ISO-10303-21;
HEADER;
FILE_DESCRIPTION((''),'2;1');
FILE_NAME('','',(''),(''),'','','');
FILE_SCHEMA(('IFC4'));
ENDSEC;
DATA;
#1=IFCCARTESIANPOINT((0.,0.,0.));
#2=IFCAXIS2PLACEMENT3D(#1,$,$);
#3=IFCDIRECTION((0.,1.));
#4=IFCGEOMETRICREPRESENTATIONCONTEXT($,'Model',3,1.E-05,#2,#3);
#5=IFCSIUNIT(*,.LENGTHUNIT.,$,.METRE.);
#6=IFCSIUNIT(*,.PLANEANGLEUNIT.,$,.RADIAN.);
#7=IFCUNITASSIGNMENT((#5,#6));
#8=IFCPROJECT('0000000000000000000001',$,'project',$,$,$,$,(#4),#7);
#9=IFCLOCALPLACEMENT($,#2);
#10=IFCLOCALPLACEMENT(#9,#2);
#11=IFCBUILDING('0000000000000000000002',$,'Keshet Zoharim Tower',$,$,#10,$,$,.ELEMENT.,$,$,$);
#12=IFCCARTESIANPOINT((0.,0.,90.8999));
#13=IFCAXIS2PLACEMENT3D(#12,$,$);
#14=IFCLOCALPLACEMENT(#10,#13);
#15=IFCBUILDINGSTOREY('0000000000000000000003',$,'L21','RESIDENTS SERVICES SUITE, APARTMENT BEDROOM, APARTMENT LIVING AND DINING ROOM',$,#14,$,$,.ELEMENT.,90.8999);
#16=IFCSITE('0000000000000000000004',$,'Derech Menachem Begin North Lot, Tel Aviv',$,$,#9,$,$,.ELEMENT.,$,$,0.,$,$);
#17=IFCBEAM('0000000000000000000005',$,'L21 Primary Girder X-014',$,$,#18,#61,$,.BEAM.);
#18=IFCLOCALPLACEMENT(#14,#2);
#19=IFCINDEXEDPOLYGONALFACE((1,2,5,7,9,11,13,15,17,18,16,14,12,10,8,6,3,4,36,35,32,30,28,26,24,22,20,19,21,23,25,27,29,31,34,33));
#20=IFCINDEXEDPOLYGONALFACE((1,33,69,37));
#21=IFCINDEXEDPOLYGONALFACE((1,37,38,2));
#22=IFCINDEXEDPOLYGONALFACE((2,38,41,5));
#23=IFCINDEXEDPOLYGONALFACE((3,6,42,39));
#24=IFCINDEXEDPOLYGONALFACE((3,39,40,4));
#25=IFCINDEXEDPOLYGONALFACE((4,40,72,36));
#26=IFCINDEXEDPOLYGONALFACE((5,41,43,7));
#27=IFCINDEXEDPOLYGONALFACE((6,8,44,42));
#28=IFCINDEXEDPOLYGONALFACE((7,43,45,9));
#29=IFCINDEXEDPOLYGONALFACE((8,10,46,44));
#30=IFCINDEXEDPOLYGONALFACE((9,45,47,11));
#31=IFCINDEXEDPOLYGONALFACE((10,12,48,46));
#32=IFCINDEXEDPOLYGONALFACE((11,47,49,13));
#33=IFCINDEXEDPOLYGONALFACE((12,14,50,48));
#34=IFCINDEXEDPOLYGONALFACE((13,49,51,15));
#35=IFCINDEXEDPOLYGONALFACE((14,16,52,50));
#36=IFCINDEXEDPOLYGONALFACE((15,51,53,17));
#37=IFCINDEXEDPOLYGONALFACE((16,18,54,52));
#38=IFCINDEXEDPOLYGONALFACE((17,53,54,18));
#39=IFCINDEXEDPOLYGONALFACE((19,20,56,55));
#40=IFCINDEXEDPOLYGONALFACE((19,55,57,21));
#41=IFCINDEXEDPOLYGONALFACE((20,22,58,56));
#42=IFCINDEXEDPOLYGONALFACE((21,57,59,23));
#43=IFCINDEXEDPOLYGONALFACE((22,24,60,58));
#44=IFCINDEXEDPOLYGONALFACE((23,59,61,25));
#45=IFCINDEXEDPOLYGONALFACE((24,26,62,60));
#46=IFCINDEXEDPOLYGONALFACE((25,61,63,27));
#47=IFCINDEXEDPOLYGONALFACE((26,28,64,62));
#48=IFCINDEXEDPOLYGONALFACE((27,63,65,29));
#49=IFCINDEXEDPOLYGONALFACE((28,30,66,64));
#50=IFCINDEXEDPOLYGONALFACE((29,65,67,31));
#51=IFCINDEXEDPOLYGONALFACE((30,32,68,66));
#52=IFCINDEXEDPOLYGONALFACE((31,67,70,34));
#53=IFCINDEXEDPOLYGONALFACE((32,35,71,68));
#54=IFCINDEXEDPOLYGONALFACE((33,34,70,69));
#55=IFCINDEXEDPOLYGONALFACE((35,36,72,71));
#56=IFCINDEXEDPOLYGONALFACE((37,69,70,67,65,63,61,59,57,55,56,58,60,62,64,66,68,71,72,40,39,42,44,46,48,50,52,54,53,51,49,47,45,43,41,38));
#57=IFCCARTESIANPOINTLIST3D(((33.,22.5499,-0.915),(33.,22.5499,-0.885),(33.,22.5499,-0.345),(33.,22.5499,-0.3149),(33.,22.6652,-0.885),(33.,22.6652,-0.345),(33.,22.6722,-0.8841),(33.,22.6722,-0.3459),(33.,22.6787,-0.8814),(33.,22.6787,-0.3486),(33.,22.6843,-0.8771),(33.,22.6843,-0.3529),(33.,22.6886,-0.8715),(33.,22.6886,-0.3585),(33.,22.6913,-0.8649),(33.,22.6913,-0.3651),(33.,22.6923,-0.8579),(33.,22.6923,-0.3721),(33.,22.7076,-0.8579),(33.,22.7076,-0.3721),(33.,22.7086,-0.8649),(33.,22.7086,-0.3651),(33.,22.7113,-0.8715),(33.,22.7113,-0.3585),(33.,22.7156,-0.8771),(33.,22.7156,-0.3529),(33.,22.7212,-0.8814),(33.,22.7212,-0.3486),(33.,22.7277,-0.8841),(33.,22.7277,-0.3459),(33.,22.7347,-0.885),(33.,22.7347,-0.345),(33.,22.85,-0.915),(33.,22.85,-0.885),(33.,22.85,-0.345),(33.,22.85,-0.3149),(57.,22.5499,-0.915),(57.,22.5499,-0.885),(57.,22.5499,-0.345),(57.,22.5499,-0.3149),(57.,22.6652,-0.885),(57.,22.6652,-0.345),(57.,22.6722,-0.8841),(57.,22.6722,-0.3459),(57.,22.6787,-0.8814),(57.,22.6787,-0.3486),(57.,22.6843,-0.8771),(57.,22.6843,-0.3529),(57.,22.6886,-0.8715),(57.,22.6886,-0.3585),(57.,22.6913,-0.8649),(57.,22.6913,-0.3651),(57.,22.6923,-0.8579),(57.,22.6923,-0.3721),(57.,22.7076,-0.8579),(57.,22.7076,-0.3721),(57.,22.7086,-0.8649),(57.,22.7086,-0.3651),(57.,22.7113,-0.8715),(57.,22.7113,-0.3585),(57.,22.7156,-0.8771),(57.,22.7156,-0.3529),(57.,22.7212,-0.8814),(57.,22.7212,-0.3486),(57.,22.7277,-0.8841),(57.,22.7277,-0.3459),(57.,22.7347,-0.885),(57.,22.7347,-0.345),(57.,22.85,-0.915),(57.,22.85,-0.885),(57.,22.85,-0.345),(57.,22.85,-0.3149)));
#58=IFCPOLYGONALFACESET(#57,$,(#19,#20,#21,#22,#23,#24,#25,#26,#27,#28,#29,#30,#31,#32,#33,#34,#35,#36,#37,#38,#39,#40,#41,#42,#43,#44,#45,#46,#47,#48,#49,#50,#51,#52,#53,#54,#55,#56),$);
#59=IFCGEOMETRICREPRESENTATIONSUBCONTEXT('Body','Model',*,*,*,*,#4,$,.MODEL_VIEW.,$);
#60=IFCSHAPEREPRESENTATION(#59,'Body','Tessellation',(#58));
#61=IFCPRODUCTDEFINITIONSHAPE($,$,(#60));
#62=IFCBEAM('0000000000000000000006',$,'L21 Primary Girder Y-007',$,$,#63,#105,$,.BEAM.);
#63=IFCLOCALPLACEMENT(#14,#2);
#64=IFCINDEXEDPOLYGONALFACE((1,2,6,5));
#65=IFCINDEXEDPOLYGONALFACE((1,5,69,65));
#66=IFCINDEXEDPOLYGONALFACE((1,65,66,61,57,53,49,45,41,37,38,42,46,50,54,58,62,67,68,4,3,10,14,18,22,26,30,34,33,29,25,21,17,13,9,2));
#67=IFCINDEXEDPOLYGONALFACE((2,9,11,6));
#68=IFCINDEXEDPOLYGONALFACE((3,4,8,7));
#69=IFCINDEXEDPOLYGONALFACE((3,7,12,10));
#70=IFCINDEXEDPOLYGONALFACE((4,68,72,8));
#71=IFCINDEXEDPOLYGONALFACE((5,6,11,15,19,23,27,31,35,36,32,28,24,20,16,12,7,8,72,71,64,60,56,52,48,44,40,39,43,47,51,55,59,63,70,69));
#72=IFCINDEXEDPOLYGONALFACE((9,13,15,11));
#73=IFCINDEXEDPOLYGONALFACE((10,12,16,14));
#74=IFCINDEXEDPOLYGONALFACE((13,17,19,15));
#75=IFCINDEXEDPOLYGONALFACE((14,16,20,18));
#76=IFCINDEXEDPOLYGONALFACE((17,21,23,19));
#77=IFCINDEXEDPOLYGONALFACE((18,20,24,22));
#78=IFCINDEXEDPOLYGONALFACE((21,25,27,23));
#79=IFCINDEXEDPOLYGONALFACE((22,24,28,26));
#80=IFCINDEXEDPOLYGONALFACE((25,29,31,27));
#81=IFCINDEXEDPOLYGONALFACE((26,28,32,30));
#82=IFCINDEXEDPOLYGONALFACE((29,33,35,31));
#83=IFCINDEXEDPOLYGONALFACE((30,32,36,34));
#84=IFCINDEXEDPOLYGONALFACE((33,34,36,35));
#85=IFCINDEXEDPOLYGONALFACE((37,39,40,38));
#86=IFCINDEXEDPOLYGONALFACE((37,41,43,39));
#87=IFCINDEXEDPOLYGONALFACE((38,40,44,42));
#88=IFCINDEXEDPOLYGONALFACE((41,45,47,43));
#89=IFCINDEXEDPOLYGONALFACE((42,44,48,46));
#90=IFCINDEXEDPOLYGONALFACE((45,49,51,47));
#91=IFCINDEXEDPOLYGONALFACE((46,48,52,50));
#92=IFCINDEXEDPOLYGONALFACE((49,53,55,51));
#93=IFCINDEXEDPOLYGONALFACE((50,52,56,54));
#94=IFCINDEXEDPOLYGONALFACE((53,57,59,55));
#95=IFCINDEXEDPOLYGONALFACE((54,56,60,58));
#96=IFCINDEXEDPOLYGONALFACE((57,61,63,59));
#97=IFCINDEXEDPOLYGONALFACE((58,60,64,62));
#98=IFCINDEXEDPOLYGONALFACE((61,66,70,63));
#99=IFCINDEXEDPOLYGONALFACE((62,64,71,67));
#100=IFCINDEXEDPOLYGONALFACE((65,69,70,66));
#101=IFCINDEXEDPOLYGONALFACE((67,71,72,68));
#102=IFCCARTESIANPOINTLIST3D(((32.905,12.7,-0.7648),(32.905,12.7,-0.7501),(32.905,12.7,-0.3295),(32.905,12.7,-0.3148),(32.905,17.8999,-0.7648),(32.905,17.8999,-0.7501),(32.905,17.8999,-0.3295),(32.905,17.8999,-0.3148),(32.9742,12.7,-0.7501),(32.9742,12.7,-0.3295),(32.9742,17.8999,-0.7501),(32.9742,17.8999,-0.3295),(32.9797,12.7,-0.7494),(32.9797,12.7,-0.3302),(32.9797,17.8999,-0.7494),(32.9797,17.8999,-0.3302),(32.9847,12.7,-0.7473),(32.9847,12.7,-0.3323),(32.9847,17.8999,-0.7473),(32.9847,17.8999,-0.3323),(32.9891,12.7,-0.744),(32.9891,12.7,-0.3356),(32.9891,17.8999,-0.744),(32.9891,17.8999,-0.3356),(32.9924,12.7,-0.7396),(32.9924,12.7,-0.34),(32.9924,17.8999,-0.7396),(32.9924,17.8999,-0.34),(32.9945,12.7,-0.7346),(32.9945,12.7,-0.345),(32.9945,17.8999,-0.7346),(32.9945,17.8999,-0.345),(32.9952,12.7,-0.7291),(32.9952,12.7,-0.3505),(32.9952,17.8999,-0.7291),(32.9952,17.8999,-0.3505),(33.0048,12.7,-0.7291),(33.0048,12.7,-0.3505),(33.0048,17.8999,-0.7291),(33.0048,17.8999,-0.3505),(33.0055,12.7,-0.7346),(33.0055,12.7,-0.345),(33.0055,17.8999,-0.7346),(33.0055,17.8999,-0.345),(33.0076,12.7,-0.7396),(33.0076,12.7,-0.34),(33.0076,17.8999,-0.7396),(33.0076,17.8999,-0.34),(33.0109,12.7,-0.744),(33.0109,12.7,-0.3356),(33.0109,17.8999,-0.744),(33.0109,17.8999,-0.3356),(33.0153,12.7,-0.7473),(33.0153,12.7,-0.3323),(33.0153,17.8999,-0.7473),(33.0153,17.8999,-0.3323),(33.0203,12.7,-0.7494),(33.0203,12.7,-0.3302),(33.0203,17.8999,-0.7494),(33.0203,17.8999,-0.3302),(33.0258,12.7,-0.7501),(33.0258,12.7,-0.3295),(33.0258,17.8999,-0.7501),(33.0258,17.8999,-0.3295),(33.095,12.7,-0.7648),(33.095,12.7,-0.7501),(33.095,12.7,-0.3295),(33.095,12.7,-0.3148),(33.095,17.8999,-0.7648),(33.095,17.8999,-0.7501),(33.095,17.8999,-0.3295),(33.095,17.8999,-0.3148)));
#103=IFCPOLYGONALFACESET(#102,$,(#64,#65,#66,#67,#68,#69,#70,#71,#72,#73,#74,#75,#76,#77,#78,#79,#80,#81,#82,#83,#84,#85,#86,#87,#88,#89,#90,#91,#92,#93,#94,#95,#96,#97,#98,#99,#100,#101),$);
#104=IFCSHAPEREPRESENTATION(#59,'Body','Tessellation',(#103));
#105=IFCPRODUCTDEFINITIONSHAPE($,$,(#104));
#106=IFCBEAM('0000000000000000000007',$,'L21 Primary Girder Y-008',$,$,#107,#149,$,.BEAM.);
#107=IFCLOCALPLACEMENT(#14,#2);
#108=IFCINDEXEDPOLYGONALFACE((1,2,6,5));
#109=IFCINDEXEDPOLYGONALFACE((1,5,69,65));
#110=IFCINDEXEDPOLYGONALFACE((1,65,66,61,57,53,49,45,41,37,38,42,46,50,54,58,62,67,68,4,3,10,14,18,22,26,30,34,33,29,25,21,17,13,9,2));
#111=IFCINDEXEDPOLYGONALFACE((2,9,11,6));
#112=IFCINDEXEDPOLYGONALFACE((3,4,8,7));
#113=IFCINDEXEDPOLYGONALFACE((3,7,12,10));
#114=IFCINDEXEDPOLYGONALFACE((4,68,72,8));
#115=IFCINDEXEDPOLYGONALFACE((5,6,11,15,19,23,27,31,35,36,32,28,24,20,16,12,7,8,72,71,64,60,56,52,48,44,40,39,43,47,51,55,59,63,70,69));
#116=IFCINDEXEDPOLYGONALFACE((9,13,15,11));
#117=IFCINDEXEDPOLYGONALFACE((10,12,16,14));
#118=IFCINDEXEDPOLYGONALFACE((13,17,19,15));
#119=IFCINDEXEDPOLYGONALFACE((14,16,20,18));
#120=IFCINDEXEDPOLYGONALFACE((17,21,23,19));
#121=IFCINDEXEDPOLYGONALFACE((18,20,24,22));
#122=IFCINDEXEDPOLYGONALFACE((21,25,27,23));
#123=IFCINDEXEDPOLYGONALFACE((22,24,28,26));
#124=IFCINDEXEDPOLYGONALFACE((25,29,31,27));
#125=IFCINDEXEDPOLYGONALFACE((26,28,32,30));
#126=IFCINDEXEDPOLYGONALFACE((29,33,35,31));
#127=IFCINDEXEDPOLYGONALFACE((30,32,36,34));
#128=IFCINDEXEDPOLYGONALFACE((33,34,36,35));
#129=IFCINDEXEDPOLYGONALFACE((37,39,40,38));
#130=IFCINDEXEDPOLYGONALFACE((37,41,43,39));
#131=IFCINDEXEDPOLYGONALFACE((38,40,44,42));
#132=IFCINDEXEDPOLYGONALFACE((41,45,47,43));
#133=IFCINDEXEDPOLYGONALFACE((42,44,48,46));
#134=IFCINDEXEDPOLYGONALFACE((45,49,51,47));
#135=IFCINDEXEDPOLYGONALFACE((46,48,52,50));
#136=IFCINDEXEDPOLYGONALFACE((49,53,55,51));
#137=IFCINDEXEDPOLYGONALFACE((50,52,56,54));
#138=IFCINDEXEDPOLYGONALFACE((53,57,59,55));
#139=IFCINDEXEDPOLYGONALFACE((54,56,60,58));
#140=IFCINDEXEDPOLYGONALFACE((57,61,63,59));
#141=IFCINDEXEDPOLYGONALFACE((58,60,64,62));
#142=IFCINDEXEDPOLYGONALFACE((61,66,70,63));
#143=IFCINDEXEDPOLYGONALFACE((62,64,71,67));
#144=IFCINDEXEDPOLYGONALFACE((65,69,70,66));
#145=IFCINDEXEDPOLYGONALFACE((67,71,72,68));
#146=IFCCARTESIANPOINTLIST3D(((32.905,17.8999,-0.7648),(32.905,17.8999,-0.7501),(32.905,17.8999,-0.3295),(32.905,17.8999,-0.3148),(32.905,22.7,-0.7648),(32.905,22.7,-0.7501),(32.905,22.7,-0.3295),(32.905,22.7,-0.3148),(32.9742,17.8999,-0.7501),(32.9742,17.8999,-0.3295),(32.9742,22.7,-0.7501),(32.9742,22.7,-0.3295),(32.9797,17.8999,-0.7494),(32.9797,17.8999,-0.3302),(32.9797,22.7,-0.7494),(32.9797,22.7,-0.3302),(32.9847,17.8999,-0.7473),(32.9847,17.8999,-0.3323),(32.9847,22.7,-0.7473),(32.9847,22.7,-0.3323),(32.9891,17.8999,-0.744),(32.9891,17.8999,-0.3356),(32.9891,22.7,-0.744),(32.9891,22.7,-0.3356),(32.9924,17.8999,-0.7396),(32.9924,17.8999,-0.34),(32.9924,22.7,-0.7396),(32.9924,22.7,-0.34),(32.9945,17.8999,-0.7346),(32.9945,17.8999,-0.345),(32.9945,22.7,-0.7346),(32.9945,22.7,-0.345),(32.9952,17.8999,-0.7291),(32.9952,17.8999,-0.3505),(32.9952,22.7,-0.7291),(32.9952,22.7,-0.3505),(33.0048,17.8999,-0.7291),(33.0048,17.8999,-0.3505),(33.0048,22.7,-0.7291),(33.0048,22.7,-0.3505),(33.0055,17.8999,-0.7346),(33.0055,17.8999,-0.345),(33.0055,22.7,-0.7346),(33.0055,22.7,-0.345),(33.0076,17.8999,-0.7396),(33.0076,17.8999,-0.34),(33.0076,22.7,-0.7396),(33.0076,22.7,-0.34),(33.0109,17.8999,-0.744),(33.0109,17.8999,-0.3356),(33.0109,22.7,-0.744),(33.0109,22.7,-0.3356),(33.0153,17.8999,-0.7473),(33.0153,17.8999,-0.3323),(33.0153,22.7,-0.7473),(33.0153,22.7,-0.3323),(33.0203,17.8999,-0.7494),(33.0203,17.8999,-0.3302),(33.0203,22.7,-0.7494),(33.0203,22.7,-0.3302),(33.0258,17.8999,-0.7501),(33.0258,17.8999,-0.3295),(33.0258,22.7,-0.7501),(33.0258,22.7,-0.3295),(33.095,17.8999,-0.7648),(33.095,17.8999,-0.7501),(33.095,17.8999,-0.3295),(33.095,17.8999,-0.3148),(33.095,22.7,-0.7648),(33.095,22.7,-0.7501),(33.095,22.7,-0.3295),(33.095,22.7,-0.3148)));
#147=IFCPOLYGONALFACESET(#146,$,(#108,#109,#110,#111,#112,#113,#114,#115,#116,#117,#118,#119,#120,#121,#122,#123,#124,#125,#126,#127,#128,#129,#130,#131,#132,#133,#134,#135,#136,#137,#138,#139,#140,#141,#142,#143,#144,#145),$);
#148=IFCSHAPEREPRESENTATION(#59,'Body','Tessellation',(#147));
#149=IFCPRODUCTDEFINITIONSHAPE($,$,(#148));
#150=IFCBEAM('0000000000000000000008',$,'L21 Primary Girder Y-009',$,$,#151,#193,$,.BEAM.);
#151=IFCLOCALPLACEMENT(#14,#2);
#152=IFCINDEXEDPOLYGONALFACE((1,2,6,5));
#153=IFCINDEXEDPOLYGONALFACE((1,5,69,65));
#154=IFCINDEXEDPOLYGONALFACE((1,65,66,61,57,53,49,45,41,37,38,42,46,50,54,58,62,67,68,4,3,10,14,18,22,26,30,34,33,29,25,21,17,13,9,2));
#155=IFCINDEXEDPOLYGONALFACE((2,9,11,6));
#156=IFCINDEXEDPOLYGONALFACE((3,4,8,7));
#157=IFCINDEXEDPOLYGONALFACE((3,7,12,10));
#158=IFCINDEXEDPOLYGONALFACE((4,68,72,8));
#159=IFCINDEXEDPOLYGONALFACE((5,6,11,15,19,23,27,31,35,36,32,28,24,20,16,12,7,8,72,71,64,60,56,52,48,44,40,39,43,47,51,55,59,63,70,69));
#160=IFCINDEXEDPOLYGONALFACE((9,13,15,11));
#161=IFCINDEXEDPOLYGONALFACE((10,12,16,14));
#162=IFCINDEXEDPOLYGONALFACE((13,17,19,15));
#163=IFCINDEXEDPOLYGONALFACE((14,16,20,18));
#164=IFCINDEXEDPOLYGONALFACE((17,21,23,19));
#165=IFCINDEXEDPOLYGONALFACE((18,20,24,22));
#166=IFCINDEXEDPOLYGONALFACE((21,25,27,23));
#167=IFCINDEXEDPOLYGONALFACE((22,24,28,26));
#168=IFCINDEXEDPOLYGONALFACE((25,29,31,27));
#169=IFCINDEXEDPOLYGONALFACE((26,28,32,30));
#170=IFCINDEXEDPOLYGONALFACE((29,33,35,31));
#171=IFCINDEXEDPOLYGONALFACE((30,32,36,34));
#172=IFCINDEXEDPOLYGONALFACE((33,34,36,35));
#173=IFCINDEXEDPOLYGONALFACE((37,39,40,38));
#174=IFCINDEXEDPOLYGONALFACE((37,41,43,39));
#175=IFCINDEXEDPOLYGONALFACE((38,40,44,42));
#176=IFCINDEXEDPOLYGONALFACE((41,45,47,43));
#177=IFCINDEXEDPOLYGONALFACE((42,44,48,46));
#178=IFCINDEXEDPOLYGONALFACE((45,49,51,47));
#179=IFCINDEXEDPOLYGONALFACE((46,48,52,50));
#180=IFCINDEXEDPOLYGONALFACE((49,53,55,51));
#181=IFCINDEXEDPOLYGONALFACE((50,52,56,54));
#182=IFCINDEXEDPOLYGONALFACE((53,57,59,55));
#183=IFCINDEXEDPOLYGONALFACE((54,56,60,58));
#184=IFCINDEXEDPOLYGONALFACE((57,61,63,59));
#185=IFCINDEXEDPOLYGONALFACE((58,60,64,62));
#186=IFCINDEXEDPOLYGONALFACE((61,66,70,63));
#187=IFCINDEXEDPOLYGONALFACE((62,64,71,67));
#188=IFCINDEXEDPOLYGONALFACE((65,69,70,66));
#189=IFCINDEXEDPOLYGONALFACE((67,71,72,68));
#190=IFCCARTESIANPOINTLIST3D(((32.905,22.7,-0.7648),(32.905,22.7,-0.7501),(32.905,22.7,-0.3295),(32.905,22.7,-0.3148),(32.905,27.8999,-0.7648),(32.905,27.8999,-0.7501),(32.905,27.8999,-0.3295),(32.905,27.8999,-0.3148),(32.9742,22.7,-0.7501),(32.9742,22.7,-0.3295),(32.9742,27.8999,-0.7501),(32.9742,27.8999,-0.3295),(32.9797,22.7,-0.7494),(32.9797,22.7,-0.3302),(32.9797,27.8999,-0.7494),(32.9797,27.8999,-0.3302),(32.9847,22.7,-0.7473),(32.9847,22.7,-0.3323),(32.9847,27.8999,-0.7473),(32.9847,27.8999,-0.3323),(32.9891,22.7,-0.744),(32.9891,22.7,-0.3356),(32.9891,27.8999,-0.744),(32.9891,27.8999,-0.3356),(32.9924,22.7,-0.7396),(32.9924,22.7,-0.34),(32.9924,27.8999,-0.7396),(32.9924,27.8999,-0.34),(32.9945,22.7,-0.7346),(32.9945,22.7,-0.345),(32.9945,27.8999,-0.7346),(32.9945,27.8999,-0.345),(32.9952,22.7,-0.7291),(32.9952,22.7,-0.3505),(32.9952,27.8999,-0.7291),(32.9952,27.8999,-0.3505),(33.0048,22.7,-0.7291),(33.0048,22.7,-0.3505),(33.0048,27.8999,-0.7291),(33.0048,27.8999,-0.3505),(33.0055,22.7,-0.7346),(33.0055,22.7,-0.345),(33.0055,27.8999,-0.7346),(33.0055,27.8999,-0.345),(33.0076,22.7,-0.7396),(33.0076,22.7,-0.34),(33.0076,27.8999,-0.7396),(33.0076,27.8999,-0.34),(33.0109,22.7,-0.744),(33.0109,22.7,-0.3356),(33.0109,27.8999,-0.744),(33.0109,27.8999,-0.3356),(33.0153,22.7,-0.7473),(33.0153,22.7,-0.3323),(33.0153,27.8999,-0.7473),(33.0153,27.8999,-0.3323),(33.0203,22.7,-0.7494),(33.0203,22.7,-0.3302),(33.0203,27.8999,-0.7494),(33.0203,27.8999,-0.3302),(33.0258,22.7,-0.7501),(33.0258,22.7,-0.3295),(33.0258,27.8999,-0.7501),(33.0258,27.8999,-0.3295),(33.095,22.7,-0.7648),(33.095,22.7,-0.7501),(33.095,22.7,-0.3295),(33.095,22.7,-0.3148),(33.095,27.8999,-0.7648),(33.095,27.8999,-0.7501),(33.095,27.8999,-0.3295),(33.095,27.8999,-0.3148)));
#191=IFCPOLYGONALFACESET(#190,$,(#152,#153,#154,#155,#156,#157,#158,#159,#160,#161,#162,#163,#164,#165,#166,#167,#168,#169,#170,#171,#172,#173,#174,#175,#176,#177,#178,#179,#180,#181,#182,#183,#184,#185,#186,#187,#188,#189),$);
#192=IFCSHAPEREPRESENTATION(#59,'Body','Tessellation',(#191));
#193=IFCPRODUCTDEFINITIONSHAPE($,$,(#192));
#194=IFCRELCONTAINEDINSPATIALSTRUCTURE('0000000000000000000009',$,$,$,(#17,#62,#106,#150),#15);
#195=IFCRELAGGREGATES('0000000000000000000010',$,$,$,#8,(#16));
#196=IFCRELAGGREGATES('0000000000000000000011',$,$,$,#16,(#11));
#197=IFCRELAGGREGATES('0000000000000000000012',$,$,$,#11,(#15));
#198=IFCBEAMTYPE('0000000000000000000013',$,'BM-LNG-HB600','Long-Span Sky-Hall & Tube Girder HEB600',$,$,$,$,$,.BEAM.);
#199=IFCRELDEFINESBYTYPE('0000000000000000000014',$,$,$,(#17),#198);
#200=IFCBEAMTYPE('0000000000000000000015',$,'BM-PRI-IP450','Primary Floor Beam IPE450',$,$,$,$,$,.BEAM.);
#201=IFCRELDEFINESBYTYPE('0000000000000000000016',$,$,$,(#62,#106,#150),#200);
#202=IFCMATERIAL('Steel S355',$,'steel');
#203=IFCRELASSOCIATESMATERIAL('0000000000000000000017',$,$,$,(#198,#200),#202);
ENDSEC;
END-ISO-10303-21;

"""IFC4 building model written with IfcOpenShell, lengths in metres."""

from ifc_helpers import new_model, si_unit, direction, frame, origin, origin_2d, place, context, subcontext, project, spatial, i_section, extrude, material, material_profile, profile_set, type_object, element, save


model = new_model("IFC4")

# Units and contexts
model_context = context("Model", 3, precision=1e-05, world=origin(), true_north=direction((0.0, 1.0)))
body_context = subcontext(model_context, "Body", "Model", "MODEL_VIEW")
ifc_project = project(units=[si_unit("LENGTHUNIT", "METRE"), si_unit("PLANEANGLEUNIT", "RADIAN")], contexts=[model_context])

# Site, building, storey
site_placement = place(None, origin())
site = spatial("IfcSite", under=ifc_project, at=site_placement, Name="Derech Menachem Begin North Lot, Tel Aviv", CompositionType="ELEMENT", RefElevation=0.0)
building_placement = place(site_placement, origin())
building = spatial("IfcBuilding", under=site, at=building_placement, Name="Keshet Zoharim Tower", CompositionType="ELEMENT")
storey_placement = place(building_placement, frame((0.0, 0.0, 90.8999)))
storey = spatial("IfcBuildingStorey", under=building, at=storey_placement, Name="L21", Description="RESIDENTS SERVICES SUITE, APARTMENT BEDROOM, APARTMENT LIVING AND DINING ROOM", CompositionType="ELEMENT", Elevation=90.8999)

# Beams
ifc_material_1 = material(Name="Steel S355", Category="steel")
ifc_material_profile_1 = material_profile(ifc_material_1, i_section(OverallWidth=0.3, OverallDepth=0.6001, WebThickness=0.0154, FlangeThickness=0.03, FilletRadius=0.0271, at=origin_2d()), Name="HEB600")
ifc_profile_set_1 = profile_set([ifc_material_profile_1], Name="Steel S355")
beam_type_1 = type_object("IfcBeamType", Name="BM-LNG-HB600", Description="Long-Span Sky-Hall & Tube Girder HEB600", PredefinedType="BEAM", material=ifc_profile_set_1)
for number, where, z_axis, x_axis, name in (
    (1, (33.0, 22.7, -0.615), (1.0, 0.0, 0.0), (0.0, 1.0, 0.0), "L21 Primary Girder X-014"),
):
    element("IfcBeam", number, at=place(storey_placement, frame(where, z_axis=z_axis, x_axis=x_axis)), inside=storey, type_object=beam_type_1, Name=name, PredefinedType="BEAM", context=body_context, shape_type="SweptSolid", body=[
        extrude(i_section(OverallWidth=0.3, OverallDepth=0.6001, WebThickness=0.0154, FlangeThickness=0.03, FilletRadius=0.0271, at=origin_2d()), origin(), (0.0, 0.0, 1.0), 24.0),
    ])
ifc_material_profile_2 = material_profile(ifc_material_1, i_section(OverallWidth=0.1899, OverallDepth=0.45, WebThickness=0.0095, FlangeThickness=0.0146, FilletRadius=0.021, at=origin_2d()), Name="IPE450")
ifc_profile_set_2 = profile_set([ifc_material_profile_2], Name="Steel S355")
beam_type_2 = type_object("IfcBeamType", Name="BM-PRI-IP450", Description="Primary Floor Beam IPE450", PredefinedType="BEAM", material=ifc_profile_set_2)
beam_1_placement = place(storey_placement, frame((33.0, 12.7, -0.5398), z_axis=(0.0, 1.0, 0.0), x_axis=(-1.0, 0.0, 0.0)))
element("IfcBeam", 2, at=beam_1_placement, inside=storey, type_object=beam_type_2, Name="L21 Primary Girder Y-007", PredefinedType="BEAM", context=body_context, shape_type="SweptSolid", body=[
    extrude(i_section(OverallWidth=0.1899, OverallDepth=0.45, WebThickness=0.0095, FlangeThickness=0.0146, FilletRadius=0.021, at=origin_2d()), origin(), (0.0, 0.0, 1.0), 5.2),
])
beam_2_placement = place(storey_placement, frame((33.0, 17.8999, -0.5398), z_axis=(0.0, 1.0, 0.0), x_axis=(-1.0, 0.0, 0.0)))
element("IfcBeam", 3, at=beam_2_placement, inside=storey, type_object=beam_type_2, Name="L21 Primary Girder Y-008", PredefinedType="BEAM", context=body_context, shape_type="SweptSolid", body=[
    extrude(i_section(OverallWidth=0.1899, OverallDepth=0.45, WebThickness=0.0095, FlangeThickness=0.0146, FilletRadius=0.021, at=origin_2d()), origin(), (0.0, 0.0, 1.0), 4.8),
])
beam_3_placement = place(storey_placement, frame((33.0, 22.7, -0.5398), z_axis=(0.0, 1.0, 0.0), x_axis=(-1.0, 0.0, 0.0)))
element("IfcBeam", 4, at=beam_3_placement, inside=storey, type_object=beam_type_2, Name="L21 Primary Girder Y-009", PredefinedType="BEAM", context=body_context, shape_type="SweptSolid", body=[
    extrude(i_section(OverallWidth=0.1899, OverallDepth=0.45, WebThickness=0.0095, FlangeThickness=0.0146, FilletRadius=0.021, at=origin_2d()), origin(), (0.0, 0.0, 1.0), 5.2),
])

save(model, "model.ifc")
